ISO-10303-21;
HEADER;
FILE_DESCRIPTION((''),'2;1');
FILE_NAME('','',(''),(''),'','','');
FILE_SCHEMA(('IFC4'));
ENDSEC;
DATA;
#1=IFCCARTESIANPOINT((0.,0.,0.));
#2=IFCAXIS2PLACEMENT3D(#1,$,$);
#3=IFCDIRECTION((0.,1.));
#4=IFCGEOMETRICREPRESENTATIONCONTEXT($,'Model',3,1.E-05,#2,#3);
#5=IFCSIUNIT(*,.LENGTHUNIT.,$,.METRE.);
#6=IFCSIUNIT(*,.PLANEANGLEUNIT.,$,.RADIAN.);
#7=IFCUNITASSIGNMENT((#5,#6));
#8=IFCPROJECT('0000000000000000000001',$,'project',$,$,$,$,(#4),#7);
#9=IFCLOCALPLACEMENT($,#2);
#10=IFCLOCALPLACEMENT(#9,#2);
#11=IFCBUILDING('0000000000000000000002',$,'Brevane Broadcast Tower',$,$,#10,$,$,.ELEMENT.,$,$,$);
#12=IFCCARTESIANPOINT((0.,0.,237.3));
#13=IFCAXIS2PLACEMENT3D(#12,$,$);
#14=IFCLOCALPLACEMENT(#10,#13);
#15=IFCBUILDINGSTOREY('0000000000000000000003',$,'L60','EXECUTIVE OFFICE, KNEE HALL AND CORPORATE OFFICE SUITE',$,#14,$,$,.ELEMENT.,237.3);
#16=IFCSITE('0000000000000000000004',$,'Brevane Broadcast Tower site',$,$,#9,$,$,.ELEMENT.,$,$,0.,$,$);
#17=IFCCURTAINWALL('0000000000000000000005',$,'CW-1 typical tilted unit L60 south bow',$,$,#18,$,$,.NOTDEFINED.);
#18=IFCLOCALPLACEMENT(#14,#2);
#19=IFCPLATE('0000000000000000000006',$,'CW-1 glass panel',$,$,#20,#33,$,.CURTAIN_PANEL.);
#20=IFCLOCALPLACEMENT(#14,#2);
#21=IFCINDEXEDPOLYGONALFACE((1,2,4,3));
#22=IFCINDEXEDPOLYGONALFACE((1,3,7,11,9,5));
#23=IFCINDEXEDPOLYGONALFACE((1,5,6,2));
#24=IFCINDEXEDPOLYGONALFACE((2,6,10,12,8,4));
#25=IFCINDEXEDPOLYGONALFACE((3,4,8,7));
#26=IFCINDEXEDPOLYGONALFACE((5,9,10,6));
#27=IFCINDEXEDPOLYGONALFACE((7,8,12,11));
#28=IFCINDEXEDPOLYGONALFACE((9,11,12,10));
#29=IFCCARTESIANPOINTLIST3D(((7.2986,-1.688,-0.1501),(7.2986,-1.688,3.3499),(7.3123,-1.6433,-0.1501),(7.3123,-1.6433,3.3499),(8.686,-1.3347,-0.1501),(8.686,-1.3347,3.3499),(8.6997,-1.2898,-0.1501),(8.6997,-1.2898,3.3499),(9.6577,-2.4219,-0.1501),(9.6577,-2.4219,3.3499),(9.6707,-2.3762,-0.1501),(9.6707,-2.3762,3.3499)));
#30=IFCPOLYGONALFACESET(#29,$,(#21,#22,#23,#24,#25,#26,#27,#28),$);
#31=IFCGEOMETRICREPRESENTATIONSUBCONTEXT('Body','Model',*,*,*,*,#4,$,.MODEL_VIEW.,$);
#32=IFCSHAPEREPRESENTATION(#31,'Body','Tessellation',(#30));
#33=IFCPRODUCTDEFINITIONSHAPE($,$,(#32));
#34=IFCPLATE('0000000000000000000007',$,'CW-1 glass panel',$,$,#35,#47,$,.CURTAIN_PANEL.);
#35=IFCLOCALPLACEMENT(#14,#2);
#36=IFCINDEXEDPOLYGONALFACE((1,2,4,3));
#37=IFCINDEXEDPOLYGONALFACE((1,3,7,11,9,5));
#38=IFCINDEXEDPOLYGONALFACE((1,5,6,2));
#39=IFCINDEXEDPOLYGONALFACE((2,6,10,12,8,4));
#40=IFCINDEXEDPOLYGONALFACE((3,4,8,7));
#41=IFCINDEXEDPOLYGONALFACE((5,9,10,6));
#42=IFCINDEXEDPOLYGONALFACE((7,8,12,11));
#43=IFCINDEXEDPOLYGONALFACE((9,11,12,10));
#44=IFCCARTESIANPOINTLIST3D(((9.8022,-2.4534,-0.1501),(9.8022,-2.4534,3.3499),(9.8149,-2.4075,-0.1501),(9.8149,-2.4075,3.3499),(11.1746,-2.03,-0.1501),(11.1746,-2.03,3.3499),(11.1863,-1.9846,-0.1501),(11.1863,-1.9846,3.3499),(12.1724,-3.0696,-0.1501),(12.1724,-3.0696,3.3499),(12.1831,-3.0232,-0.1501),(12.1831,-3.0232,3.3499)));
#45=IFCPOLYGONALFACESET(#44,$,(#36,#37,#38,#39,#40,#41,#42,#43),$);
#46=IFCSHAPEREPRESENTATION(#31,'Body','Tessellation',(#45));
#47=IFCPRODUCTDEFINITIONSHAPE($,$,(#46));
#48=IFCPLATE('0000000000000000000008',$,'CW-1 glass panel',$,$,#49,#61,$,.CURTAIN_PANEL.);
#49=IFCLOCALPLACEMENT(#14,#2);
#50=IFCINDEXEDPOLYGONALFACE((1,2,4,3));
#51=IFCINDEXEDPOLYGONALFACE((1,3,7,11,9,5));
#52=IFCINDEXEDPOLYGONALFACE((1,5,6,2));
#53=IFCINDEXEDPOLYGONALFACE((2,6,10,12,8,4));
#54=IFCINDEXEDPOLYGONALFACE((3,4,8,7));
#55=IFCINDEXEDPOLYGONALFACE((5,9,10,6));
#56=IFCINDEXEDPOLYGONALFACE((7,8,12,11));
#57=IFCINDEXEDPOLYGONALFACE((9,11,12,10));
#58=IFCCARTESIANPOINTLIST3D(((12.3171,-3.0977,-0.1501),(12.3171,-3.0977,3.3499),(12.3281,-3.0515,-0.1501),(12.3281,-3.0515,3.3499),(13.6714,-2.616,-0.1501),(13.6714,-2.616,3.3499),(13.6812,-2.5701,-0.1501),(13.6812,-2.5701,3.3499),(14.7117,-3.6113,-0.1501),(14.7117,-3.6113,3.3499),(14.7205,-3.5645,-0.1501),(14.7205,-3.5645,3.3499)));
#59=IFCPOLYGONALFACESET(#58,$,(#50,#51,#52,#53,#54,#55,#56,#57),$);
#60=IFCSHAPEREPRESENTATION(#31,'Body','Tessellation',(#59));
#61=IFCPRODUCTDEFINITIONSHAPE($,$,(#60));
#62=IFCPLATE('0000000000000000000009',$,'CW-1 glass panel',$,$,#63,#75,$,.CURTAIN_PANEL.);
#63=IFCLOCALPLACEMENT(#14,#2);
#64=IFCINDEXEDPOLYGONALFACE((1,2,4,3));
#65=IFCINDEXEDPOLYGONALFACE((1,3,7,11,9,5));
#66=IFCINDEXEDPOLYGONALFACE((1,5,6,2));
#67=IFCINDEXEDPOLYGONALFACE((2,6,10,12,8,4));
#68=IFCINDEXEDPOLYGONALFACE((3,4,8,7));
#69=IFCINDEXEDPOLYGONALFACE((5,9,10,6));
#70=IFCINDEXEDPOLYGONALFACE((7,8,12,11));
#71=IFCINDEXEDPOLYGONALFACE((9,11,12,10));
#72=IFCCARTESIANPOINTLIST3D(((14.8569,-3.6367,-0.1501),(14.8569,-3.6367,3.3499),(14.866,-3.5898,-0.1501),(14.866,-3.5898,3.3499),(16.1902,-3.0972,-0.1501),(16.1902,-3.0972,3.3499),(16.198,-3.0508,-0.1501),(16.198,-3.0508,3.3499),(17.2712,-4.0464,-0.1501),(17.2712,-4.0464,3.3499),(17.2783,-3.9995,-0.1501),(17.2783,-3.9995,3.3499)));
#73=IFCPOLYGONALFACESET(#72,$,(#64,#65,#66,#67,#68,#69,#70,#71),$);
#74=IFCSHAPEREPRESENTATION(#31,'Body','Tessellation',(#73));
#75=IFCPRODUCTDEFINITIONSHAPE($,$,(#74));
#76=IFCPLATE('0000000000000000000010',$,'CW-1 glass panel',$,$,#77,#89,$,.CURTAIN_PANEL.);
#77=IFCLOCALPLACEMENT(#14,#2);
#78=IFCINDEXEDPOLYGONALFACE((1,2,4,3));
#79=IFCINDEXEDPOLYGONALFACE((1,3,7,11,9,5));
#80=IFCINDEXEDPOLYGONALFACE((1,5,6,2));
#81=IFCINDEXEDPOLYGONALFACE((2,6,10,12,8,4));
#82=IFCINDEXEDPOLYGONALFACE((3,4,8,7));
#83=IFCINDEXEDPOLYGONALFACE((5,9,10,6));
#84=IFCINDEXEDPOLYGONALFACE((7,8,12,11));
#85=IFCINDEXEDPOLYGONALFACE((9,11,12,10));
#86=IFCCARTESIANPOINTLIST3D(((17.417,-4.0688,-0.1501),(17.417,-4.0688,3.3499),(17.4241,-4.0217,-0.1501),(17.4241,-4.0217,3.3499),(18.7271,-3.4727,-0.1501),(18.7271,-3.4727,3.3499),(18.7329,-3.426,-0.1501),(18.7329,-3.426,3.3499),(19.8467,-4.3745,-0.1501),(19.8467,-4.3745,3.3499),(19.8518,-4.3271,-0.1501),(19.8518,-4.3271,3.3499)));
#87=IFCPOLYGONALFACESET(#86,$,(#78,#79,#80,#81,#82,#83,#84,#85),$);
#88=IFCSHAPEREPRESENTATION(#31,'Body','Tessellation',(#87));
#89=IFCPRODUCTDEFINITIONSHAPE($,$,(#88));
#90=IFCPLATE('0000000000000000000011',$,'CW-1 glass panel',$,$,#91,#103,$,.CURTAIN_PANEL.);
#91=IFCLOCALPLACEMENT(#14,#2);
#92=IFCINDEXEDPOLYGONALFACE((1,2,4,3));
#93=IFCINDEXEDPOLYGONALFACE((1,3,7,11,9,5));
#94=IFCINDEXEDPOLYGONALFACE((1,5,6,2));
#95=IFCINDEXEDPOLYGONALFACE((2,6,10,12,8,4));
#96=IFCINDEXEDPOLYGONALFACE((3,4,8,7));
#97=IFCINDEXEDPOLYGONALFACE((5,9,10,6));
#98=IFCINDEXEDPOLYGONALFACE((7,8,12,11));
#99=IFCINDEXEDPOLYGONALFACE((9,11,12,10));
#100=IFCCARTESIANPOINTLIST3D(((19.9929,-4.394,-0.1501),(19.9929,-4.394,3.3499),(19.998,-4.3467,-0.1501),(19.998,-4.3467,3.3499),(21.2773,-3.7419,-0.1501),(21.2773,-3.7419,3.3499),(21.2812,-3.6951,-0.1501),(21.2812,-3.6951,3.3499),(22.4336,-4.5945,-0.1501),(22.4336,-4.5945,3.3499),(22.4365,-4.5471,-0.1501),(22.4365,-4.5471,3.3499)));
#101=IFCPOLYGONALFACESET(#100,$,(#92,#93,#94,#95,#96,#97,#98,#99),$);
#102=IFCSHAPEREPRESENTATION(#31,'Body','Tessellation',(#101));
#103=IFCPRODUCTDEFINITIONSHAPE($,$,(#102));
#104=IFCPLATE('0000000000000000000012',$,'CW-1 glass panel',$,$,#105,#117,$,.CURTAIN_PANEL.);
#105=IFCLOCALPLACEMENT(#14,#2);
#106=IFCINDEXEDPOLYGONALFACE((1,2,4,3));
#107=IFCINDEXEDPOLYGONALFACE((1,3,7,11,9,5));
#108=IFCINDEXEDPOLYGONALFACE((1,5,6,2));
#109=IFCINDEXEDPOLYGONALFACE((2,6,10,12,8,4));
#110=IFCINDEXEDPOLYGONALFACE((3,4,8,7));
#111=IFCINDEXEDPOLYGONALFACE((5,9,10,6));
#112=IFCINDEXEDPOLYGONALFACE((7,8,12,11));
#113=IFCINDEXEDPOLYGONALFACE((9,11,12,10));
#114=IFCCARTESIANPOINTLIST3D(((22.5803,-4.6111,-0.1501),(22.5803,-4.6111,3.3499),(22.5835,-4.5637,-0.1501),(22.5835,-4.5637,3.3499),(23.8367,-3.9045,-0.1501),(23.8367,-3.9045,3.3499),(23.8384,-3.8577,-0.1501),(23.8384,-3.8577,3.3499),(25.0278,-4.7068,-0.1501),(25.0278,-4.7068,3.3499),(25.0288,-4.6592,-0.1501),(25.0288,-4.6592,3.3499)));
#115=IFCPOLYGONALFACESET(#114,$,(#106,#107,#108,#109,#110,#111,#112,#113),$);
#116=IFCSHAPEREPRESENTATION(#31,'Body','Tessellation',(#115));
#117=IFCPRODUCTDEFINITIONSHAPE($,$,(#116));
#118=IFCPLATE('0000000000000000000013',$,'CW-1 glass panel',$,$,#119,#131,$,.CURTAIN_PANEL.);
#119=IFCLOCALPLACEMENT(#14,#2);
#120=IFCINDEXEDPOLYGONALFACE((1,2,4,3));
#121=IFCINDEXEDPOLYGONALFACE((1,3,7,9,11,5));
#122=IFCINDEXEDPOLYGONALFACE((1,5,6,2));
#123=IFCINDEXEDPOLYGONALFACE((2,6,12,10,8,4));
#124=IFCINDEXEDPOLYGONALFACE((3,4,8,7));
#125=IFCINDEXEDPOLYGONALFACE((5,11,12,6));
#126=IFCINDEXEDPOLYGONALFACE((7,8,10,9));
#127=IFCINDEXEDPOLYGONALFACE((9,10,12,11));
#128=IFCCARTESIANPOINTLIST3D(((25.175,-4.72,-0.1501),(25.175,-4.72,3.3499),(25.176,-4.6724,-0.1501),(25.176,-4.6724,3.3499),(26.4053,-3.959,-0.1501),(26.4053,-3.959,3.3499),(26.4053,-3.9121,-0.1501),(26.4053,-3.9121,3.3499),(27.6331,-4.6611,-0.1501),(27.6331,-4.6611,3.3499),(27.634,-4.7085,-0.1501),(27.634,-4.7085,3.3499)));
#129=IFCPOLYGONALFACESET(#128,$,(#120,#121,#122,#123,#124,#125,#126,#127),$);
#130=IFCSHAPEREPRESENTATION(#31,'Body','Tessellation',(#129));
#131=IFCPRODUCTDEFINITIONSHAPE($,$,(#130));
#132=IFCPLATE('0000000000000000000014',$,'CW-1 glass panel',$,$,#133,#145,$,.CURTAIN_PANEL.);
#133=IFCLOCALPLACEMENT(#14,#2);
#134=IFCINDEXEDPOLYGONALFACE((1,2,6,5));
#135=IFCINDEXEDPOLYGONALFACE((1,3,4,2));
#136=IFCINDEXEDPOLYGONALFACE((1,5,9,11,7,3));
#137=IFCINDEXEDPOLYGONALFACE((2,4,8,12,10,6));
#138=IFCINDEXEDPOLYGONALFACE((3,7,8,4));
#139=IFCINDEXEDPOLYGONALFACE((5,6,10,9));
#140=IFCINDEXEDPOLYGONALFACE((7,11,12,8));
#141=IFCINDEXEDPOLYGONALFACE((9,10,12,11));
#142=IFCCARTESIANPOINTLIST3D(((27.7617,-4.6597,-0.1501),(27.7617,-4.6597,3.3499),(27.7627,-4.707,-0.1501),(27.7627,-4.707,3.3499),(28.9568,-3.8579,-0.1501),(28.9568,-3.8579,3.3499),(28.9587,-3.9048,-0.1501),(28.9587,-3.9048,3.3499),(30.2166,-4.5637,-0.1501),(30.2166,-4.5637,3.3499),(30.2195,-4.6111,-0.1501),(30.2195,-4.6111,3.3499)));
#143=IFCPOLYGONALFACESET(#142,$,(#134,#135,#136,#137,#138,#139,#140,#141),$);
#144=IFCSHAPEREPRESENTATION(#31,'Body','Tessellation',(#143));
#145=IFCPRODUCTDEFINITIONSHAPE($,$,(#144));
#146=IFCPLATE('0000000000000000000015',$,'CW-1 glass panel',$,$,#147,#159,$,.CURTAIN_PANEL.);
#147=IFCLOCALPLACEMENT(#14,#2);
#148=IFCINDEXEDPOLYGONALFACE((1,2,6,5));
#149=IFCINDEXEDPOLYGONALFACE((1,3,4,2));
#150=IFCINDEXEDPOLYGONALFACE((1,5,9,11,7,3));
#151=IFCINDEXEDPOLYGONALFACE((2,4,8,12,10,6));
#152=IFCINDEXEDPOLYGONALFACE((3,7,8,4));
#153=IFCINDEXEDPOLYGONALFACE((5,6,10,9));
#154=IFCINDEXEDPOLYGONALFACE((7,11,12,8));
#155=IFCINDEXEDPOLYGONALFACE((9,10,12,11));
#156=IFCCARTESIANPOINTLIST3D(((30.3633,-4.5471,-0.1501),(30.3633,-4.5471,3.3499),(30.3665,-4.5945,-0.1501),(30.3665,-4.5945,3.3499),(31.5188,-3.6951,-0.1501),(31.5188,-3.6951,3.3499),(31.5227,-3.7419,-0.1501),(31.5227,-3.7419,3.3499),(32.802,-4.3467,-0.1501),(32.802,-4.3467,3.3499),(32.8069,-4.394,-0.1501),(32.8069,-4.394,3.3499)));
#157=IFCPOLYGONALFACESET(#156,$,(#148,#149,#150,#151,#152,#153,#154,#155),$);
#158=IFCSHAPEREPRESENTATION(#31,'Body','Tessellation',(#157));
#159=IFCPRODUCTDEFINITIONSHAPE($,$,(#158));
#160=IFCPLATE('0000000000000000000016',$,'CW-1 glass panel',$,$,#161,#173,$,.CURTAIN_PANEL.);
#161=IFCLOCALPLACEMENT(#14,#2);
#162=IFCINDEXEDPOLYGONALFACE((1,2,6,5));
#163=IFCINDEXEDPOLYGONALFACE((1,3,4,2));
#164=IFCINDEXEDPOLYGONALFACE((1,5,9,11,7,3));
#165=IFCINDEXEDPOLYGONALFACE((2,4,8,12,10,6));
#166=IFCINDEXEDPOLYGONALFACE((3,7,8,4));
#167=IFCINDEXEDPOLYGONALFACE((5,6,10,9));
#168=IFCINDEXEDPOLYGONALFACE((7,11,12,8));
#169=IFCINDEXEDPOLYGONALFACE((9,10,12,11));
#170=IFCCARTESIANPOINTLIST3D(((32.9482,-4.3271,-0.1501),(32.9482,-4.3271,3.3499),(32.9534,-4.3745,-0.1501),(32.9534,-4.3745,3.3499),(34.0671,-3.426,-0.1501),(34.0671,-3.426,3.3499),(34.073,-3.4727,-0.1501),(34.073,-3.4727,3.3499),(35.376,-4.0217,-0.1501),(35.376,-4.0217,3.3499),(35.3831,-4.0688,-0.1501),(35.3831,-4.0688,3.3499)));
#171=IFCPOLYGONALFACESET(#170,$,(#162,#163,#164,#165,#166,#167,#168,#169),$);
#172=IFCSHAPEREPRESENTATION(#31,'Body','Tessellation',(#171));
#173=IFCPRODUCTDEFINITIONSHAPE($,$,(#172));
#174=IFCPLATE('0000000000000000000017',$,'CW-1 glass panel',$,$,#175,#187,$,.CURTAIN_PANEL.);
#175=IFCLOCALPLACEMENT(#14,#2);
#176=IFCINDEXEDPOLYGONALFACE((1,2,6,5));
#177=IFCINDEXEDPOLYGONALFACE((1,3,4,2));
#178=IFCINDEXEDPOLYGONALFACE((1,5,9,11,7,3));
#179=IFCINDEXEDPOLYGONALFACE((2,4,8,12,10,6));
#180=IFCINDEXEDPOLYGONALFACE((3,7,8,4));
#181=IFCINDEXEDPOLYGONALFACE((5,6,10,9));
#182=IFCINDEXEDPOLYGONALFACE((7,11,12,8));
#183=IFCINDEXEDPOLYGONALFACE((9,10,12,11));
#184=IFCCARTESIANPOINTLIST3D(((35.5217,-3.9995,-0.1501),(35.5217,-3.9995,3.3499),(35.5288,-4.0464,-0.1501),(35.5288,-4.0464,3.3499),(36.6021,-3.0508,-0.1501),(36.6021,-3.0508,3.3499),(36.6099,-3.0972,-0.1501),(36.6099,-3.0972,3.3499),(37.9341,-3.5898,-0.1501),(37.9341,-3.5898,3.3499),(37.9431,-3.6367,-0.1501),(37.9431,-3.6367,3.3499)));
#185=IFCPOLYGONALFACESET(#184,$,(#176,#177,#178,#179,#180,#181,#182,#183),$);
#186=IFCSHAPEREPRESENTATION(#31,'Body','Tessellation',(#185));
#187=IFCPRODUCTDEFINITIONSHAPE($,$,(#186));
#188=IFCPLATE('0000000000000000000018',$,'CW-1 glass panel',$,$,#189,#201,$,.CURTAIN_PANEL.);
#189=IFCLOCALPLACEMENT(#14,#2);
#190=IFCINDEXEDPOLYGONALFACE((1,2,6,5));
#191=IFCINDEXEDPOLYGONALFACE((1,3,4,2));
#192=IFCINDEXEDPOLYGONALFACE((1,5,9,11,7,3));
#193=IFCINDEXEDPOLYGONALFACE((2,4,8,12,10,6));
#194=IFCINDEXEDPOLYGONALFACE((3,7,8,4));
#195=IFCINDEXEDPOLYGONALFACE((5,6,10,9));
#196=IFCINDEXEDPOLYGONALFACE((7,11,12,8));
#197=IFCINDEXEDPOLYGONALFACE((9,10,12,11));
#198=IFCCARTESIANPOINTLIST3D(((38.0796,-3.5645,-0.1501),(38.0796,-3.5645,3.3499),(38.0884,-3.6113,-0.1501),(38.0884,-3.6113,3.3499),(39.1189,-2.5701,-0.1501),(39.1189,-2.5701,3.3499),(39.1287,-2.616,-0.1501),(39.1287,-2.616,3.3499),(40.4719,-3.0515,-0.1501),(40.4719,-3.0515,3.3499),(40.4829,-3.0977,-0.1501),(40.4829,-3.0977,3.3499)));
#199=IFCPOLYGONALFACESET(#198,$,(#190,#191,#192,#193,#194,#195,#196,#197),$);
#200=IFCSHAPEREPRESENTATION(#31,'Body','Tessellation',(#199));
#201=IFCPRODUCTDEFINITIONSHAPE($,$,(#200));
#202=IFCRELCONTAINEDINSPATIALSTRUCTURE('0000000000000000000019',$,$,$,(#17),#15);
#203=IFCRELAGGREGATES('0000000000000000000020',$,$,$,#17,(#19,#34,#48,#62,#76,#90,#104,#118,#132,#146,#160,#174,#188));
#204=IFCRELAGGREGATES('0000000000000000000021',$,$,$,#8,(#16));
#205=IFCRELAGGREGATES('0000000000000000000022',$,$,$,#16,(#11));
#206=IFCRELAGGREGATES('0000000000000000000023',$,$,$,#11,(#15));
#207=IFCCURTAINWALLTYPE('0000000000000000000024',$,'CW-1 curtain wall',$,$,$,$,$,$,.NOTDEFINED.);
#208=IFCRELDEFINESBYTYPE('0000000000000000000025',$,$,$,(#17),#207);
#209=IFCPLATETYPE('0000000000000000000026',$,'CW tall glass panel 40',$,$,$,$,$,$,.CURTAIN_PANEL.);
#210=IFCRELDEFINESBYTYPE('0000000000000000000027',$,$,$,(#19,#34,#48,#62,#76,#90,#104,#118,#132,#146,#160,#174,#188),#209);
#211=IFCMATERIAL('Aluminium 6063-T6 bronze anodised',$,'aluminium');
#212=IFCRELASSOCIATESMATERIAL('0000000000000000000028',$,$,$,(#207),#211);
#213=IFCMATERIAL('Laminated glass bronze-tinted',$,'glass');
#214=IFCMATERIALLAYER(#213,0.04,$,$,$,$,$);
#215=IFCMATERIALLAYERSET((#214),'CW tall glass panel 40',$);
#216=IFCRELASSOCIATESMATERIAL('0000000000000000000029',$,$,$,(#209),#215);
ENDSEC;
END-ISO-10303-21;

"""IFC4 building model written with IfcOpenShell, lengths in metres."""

from ifc_helpers import new_model, si_unit, direction, frame, origin, place, context, subcontext, project, spatial, polyline, outline, extrude, material, layer, layer_set, type_object, element, aggregate, save


model = new_model("IFC4")

# Units and contexts
model_context = context("Model", 3, precision=1e-05, world=origin(), true_north=direction((0.0, 1.0)))
body_context = subcontext(model_context, "Body", "Model", "MODEL_VIEW")
ifc_project = project(units=[si_unit("LENGTHUNIT", "METRE"), si_unit("PLANEANGLEUNIT", "RADIAN")], contexts=[model_context])

# Site, building, storey
site_placement = place(None, origin())
site = spatial("IfcSite", under=ifc_project, at=site_placement, Name="Brevane Broadcast Tower site", CompositionType="ELEMENT", RefElevation=0.0)
building_placement = place(site_placement, origin())
building = spatial("IfcBuilding", under=site, at=building_placement, Name="Brevane Broadcast Tower", CompositionType="ELEMENT")
storey_placement = place(building_placement, frame((0.0, 0.0, 237.3)))
storey = spatial("IfcBuildingStorey", under=building, at=storey_placement, Name="L60", Description="EXECUTIVE OFFICE, KNEE HALL AND CORPORATE OFFICE SUITE", CompositionType="ELEMENT", Elevation=237.3)

# Curtain wall, plates
ifc_material_1 = material(Name="Aluminium 6063-T6 bronze anodised", Category="aluminium")
curtain_wall_type = type_object("IfcCurtainWallType", Name="CW-1 curtain wall", PredefinedType="NOTDEFINED", material=ifc_material_1)
curtain_wall_1_placement = place(storey_placement, origin())
curtain_wall_1 = element("IfcCurtainWall", 1, at=curtain_wall_1_placement, inside=storey, type_object=curtain_wall_type, Name="CW-1 typical tilted unit L60 south bow", PredefinedType="NOTDEFINED")
ifc_material_2 = material(Name="Laminated glass bronze-tinted", Category="glass")
ifc_layer = layer(ifc_material_2, 0.04)
ifc_layer_set = layer_set([ifc_layer], Name="CW tall glass panel 40")
plate_type = type_object("IfcPlateType", Name="CW tall glass panel 40", PredefinedType="CURTAIN_PANEL", material=ifc_layer_set)
plate_1_placement = place(storey_placement, frame((0.0, 0.0, -0.1501)))
plate_1 = element("IfcPlate", 2, at=plate_1_placement, type_object=plate_type, Name="CW-1 glass panel", PredefinedType="CURTAIN_PANEL", context=body_context, shape_type="SweptSolid", body=[
    extrude(outline(polyline([(7.3123, -1.6433), (7.2986, -1.688), (8.686, -1.3347), (9.6577, -2.4219), (9.6707, -2.3762), (8.6997, -1.2898), (7.3123, -1.6433)])), origin(), (0.0, 0.0, 1.0), 3.5),
])
plate_2_placement = place(storey_placement, frame((0.0, 0.0, -0.1501)))
plate_2 = element("IfcPlate", 3, at=plate_2_placement, type_object=plate_type, Name="CW-1 glass panel", PredefinedType="CURTAIN_PANEL", context=body_context, shape_type="SweptSolid", body=[
    extrude(outline(polyline([(9.8149, -2.4075), (9.8022, -2.4534), (11.1746, -2.03), (12.1724, -3.0696), (12.1831, -3.0232), (11.1863, -1.9846), (9.8149, -2.4075)])), origin(), (0.0, 0.0, 1.0), 3.5),
])
plate_3_placement = place(storey_placement, frame((0.0, 0.0, -0.1501)))
plate_3 = element("IfcPlate", 4, at=plate_3_placement, type_object=plate_type, Name="CW-1 glass panel", PredefinedType="CURTAIN_PANEL", context=body_context, shape_type="SweptSolid", body=[
    extrude(outline(polyline([(12.3281, -3.0515), (12.3171, -3.0977), (13.6714, -2.616), (14.7117, -3.6113), (14.7205, -3.5645), (13.6812, -2.5701), (12.3281, -3.0515)])), origin(), (0.0, 0.0, 1.0), 3.5),
])
plate_4_placement = place(storey_placement, frame((0.0, 0.0, -0.1501)))
plate_4 = element("IfcPlate", 5, at=plate_4_placement, type_object=plate_type, Name="CW-1 glass panel", PredefinedType="CURTAIN_PANEL", context=body_context, shape_type="SweptSolid", body=[
    extrude(outline(polyline([(14.866, -3.5898), (14.8569, -3.6367), (16.1902, -3.0972), (17.2712, -4.0464), (17.2783, -3.9995), (16.198, -3.0508), (14.866, -3.5898)])), origin(), (0.0, 0.0, 1.0), 3.5),
])
plate_5_placement = place(storey_placement, frame((0.0, 0.0, -0.1501)))
plate_5 = element("IfcPlate", 6, at=plate_5_placement, type_object=plate_type, Name="CW-1 glass panel", PredefinedType="CURTAIN_PANEL", context=body_context, shape_type="SweptSolid", body=[
    extrude(outline(polyline([(17.4241, -4.0217), (17.417, -4.0688), (18.7271, -3.4727), (19.8467, -4.3745), (19.8518, -4.3271), (18.7329, -3.426), (17.4241, -4.0217)])), origin(), (0.0, 0.0, 1.0), 3.5),
])
plate_6_placement = place(storey_placement, frame((0.0, 0.0, -0.1501)))
plate_6 = element("IfcPlate", 7, at=plate_6_placement, type_object=plate_type, Name="CW-1 glass panel", PredefinedType="CURTAIN_PANEL", context=body_context, shape_type="SweptSolid", body=[
    extrude(outline(polyline([(19.998, -4.3467), (19.9929, -4.394), (21.2773, -3.7419), (22.4336, -4.5945), (22.4365, -4.5471), (21.2812, -3.6951), (19.998, -4.3467)])), origin(), (0.0, 0.0, 1.0), 3.5),
])
plate_7_placement = place(storey_placement, frame((0.0, 0.0, -0.1501)))
plate_7 = element("IfcPlate", 8, at=plate_7_placement, type_object=plate_type, Name="CW-1 glass panel", PredefinedType="CURTAIN_PANEL", context=body_context, shape_type="SweptSolid", body=[
    extrude(outline(polyline([(22.5835, -4.5637), (22.5803, -4.6111), (23.8367, -3.9045), (25.0278, -4.7068), (25.0288, -4.6592), (23.8384, -3.8577), (22.5835, -4.5637)])), origin(), (0.0, 0.0, 1.0), 3.5),
])
plate_8_placement = place(storey_placement, frame((0.0, 0.0, -0.1501)))
plate_8 = element("IfcPlate", 9, at=plate_8_placement, type_object=plate_type, Name="CW-1 glass panel", PredefinedType="CURTAIN_PANEL", context=body_context, shape_type="SweptSolid", body=[
    extrude(outline(polyline([(25.176, -4.6724), (25.175, -4.72), (26.4053, -3.959), (27.634, -4.7085), (27.6331, -4.6611), (26.4053, -3.9121), (25.176, -4.6724)])), origin(), (0.0, 0.0, 1.0), 3.5),
])
plate_9_placement = place(storey_placement, frame((0.0, 0.0, -0.1501)))
plate_9 = element("IfcPlate", 10, at=plate_9_placement, type_object=plate_type, Name="CW-1 glass panel", PredefinedType="CURTAIN_PANEL", context=body_context, shape_type="SweptSolid", body=[
    extrude(outline(polyline([(27.7617, -4.6597), (27.7627, -4.707), (28.9587, -3.9048), (30.2195, -4.6111), (30.2166, -4.5637), (28.9568, -3.8579), (27.7617, -4.6597)])), origin(), (0.0, 0.0, 1.0), 3.5),
])
plate_10_placement = place(storey_placement, frame((0.0, 0.0, -0.1501)))
plate_10 = element("IfcPlate", 11, at=plate_10_placement, type_object=plate_type, Name="CW-1 glass panel", PredefinedType="CURTAIN_PANEL", context=body_context, shape_type="SweptSolid", body=[
    extrude(outline(polyline([(30.3633, -4.5471), (30.3665, -4.5945), (31.5227, -3.7419), (32.8069, -4.394), (32.802, -4.3467), (31.5188, -3.6951), (30.3633, -4.5471)])), origin(), (0.0, 0.0, 1.0), 3.5),
])
plate_11_placement = place(storey_placement, frame((0.0, 0.0, -0.1501)))
plate_11 = element("IfcPlate", 12, at=plate_11_placement, type_object=plate_type, Name="CW-1 glass panel", PredefinedType="CURTAIN_PANEL", context=body_context, shape_type="SweptSolid", body=[
    extrude(outline(polyline([(32.9482, -4.3271), (32.9534, -4.3745), (34.073, -3.4727), (35.3831, -4.0688), (35.376, -4.0217), (34.0671, -3.426), (32.9482, -4.3271)])), origin(), (0.0, 0.0, 1.0), 3.5),
])
plate_12_placement = place(storey_placement, frame((0.0, 0.0, -0.1501)))
plate_12 = element("IfcPlate", 13, at=plate_12_placement, type_object=plate_type, Name="CW-1 glass panel", PredefinedType="CURTAIN_PANEL", context=body_context, shape_type="SweptSolid", body=[
    extrude(outline(polyline([(35.5217, -3.9995), (35.5288, -4.0464), (36.6099, -3.0972), (37.9431, -3.6367), (37.9341, -3.5898), (36.6021, -3.0508), (35.5217, -3.9995)])), origin(), (0.0, 0.0, 1.0), 3.5),
])
plate_13_placement = place(storey_placement, frame((0.0, 0.0, -0.1501)))
plate_13 = element("IfcPlate", 14, at=plate_13_placement, type_object=plate_type, Name="CW-1 glass panel", PredefinedType="CURTAIN_PANEL", context=body_context, shape_type="SweptSolid", body=[
    extrude(outline(polyline([(38.0796, -3.5645), (38.0884, -3.6113), (39.1287, -2.616), (40.4829, -3.0977), (40.4719, -3.0515), (39.1189, -2.5701), (38.0796, -3.5645)])), origin(), (0.0, 0.0, 1.0), 3.5),
])
aggregate(curtain_wall_1, [plate_1, plate_2, plate_3, plate_4, plate_5, plate_6, plate_7, plate_8, plate_9, plate_10, plate_11, plate_12, plate_13])

save(model, "model.ifc")
